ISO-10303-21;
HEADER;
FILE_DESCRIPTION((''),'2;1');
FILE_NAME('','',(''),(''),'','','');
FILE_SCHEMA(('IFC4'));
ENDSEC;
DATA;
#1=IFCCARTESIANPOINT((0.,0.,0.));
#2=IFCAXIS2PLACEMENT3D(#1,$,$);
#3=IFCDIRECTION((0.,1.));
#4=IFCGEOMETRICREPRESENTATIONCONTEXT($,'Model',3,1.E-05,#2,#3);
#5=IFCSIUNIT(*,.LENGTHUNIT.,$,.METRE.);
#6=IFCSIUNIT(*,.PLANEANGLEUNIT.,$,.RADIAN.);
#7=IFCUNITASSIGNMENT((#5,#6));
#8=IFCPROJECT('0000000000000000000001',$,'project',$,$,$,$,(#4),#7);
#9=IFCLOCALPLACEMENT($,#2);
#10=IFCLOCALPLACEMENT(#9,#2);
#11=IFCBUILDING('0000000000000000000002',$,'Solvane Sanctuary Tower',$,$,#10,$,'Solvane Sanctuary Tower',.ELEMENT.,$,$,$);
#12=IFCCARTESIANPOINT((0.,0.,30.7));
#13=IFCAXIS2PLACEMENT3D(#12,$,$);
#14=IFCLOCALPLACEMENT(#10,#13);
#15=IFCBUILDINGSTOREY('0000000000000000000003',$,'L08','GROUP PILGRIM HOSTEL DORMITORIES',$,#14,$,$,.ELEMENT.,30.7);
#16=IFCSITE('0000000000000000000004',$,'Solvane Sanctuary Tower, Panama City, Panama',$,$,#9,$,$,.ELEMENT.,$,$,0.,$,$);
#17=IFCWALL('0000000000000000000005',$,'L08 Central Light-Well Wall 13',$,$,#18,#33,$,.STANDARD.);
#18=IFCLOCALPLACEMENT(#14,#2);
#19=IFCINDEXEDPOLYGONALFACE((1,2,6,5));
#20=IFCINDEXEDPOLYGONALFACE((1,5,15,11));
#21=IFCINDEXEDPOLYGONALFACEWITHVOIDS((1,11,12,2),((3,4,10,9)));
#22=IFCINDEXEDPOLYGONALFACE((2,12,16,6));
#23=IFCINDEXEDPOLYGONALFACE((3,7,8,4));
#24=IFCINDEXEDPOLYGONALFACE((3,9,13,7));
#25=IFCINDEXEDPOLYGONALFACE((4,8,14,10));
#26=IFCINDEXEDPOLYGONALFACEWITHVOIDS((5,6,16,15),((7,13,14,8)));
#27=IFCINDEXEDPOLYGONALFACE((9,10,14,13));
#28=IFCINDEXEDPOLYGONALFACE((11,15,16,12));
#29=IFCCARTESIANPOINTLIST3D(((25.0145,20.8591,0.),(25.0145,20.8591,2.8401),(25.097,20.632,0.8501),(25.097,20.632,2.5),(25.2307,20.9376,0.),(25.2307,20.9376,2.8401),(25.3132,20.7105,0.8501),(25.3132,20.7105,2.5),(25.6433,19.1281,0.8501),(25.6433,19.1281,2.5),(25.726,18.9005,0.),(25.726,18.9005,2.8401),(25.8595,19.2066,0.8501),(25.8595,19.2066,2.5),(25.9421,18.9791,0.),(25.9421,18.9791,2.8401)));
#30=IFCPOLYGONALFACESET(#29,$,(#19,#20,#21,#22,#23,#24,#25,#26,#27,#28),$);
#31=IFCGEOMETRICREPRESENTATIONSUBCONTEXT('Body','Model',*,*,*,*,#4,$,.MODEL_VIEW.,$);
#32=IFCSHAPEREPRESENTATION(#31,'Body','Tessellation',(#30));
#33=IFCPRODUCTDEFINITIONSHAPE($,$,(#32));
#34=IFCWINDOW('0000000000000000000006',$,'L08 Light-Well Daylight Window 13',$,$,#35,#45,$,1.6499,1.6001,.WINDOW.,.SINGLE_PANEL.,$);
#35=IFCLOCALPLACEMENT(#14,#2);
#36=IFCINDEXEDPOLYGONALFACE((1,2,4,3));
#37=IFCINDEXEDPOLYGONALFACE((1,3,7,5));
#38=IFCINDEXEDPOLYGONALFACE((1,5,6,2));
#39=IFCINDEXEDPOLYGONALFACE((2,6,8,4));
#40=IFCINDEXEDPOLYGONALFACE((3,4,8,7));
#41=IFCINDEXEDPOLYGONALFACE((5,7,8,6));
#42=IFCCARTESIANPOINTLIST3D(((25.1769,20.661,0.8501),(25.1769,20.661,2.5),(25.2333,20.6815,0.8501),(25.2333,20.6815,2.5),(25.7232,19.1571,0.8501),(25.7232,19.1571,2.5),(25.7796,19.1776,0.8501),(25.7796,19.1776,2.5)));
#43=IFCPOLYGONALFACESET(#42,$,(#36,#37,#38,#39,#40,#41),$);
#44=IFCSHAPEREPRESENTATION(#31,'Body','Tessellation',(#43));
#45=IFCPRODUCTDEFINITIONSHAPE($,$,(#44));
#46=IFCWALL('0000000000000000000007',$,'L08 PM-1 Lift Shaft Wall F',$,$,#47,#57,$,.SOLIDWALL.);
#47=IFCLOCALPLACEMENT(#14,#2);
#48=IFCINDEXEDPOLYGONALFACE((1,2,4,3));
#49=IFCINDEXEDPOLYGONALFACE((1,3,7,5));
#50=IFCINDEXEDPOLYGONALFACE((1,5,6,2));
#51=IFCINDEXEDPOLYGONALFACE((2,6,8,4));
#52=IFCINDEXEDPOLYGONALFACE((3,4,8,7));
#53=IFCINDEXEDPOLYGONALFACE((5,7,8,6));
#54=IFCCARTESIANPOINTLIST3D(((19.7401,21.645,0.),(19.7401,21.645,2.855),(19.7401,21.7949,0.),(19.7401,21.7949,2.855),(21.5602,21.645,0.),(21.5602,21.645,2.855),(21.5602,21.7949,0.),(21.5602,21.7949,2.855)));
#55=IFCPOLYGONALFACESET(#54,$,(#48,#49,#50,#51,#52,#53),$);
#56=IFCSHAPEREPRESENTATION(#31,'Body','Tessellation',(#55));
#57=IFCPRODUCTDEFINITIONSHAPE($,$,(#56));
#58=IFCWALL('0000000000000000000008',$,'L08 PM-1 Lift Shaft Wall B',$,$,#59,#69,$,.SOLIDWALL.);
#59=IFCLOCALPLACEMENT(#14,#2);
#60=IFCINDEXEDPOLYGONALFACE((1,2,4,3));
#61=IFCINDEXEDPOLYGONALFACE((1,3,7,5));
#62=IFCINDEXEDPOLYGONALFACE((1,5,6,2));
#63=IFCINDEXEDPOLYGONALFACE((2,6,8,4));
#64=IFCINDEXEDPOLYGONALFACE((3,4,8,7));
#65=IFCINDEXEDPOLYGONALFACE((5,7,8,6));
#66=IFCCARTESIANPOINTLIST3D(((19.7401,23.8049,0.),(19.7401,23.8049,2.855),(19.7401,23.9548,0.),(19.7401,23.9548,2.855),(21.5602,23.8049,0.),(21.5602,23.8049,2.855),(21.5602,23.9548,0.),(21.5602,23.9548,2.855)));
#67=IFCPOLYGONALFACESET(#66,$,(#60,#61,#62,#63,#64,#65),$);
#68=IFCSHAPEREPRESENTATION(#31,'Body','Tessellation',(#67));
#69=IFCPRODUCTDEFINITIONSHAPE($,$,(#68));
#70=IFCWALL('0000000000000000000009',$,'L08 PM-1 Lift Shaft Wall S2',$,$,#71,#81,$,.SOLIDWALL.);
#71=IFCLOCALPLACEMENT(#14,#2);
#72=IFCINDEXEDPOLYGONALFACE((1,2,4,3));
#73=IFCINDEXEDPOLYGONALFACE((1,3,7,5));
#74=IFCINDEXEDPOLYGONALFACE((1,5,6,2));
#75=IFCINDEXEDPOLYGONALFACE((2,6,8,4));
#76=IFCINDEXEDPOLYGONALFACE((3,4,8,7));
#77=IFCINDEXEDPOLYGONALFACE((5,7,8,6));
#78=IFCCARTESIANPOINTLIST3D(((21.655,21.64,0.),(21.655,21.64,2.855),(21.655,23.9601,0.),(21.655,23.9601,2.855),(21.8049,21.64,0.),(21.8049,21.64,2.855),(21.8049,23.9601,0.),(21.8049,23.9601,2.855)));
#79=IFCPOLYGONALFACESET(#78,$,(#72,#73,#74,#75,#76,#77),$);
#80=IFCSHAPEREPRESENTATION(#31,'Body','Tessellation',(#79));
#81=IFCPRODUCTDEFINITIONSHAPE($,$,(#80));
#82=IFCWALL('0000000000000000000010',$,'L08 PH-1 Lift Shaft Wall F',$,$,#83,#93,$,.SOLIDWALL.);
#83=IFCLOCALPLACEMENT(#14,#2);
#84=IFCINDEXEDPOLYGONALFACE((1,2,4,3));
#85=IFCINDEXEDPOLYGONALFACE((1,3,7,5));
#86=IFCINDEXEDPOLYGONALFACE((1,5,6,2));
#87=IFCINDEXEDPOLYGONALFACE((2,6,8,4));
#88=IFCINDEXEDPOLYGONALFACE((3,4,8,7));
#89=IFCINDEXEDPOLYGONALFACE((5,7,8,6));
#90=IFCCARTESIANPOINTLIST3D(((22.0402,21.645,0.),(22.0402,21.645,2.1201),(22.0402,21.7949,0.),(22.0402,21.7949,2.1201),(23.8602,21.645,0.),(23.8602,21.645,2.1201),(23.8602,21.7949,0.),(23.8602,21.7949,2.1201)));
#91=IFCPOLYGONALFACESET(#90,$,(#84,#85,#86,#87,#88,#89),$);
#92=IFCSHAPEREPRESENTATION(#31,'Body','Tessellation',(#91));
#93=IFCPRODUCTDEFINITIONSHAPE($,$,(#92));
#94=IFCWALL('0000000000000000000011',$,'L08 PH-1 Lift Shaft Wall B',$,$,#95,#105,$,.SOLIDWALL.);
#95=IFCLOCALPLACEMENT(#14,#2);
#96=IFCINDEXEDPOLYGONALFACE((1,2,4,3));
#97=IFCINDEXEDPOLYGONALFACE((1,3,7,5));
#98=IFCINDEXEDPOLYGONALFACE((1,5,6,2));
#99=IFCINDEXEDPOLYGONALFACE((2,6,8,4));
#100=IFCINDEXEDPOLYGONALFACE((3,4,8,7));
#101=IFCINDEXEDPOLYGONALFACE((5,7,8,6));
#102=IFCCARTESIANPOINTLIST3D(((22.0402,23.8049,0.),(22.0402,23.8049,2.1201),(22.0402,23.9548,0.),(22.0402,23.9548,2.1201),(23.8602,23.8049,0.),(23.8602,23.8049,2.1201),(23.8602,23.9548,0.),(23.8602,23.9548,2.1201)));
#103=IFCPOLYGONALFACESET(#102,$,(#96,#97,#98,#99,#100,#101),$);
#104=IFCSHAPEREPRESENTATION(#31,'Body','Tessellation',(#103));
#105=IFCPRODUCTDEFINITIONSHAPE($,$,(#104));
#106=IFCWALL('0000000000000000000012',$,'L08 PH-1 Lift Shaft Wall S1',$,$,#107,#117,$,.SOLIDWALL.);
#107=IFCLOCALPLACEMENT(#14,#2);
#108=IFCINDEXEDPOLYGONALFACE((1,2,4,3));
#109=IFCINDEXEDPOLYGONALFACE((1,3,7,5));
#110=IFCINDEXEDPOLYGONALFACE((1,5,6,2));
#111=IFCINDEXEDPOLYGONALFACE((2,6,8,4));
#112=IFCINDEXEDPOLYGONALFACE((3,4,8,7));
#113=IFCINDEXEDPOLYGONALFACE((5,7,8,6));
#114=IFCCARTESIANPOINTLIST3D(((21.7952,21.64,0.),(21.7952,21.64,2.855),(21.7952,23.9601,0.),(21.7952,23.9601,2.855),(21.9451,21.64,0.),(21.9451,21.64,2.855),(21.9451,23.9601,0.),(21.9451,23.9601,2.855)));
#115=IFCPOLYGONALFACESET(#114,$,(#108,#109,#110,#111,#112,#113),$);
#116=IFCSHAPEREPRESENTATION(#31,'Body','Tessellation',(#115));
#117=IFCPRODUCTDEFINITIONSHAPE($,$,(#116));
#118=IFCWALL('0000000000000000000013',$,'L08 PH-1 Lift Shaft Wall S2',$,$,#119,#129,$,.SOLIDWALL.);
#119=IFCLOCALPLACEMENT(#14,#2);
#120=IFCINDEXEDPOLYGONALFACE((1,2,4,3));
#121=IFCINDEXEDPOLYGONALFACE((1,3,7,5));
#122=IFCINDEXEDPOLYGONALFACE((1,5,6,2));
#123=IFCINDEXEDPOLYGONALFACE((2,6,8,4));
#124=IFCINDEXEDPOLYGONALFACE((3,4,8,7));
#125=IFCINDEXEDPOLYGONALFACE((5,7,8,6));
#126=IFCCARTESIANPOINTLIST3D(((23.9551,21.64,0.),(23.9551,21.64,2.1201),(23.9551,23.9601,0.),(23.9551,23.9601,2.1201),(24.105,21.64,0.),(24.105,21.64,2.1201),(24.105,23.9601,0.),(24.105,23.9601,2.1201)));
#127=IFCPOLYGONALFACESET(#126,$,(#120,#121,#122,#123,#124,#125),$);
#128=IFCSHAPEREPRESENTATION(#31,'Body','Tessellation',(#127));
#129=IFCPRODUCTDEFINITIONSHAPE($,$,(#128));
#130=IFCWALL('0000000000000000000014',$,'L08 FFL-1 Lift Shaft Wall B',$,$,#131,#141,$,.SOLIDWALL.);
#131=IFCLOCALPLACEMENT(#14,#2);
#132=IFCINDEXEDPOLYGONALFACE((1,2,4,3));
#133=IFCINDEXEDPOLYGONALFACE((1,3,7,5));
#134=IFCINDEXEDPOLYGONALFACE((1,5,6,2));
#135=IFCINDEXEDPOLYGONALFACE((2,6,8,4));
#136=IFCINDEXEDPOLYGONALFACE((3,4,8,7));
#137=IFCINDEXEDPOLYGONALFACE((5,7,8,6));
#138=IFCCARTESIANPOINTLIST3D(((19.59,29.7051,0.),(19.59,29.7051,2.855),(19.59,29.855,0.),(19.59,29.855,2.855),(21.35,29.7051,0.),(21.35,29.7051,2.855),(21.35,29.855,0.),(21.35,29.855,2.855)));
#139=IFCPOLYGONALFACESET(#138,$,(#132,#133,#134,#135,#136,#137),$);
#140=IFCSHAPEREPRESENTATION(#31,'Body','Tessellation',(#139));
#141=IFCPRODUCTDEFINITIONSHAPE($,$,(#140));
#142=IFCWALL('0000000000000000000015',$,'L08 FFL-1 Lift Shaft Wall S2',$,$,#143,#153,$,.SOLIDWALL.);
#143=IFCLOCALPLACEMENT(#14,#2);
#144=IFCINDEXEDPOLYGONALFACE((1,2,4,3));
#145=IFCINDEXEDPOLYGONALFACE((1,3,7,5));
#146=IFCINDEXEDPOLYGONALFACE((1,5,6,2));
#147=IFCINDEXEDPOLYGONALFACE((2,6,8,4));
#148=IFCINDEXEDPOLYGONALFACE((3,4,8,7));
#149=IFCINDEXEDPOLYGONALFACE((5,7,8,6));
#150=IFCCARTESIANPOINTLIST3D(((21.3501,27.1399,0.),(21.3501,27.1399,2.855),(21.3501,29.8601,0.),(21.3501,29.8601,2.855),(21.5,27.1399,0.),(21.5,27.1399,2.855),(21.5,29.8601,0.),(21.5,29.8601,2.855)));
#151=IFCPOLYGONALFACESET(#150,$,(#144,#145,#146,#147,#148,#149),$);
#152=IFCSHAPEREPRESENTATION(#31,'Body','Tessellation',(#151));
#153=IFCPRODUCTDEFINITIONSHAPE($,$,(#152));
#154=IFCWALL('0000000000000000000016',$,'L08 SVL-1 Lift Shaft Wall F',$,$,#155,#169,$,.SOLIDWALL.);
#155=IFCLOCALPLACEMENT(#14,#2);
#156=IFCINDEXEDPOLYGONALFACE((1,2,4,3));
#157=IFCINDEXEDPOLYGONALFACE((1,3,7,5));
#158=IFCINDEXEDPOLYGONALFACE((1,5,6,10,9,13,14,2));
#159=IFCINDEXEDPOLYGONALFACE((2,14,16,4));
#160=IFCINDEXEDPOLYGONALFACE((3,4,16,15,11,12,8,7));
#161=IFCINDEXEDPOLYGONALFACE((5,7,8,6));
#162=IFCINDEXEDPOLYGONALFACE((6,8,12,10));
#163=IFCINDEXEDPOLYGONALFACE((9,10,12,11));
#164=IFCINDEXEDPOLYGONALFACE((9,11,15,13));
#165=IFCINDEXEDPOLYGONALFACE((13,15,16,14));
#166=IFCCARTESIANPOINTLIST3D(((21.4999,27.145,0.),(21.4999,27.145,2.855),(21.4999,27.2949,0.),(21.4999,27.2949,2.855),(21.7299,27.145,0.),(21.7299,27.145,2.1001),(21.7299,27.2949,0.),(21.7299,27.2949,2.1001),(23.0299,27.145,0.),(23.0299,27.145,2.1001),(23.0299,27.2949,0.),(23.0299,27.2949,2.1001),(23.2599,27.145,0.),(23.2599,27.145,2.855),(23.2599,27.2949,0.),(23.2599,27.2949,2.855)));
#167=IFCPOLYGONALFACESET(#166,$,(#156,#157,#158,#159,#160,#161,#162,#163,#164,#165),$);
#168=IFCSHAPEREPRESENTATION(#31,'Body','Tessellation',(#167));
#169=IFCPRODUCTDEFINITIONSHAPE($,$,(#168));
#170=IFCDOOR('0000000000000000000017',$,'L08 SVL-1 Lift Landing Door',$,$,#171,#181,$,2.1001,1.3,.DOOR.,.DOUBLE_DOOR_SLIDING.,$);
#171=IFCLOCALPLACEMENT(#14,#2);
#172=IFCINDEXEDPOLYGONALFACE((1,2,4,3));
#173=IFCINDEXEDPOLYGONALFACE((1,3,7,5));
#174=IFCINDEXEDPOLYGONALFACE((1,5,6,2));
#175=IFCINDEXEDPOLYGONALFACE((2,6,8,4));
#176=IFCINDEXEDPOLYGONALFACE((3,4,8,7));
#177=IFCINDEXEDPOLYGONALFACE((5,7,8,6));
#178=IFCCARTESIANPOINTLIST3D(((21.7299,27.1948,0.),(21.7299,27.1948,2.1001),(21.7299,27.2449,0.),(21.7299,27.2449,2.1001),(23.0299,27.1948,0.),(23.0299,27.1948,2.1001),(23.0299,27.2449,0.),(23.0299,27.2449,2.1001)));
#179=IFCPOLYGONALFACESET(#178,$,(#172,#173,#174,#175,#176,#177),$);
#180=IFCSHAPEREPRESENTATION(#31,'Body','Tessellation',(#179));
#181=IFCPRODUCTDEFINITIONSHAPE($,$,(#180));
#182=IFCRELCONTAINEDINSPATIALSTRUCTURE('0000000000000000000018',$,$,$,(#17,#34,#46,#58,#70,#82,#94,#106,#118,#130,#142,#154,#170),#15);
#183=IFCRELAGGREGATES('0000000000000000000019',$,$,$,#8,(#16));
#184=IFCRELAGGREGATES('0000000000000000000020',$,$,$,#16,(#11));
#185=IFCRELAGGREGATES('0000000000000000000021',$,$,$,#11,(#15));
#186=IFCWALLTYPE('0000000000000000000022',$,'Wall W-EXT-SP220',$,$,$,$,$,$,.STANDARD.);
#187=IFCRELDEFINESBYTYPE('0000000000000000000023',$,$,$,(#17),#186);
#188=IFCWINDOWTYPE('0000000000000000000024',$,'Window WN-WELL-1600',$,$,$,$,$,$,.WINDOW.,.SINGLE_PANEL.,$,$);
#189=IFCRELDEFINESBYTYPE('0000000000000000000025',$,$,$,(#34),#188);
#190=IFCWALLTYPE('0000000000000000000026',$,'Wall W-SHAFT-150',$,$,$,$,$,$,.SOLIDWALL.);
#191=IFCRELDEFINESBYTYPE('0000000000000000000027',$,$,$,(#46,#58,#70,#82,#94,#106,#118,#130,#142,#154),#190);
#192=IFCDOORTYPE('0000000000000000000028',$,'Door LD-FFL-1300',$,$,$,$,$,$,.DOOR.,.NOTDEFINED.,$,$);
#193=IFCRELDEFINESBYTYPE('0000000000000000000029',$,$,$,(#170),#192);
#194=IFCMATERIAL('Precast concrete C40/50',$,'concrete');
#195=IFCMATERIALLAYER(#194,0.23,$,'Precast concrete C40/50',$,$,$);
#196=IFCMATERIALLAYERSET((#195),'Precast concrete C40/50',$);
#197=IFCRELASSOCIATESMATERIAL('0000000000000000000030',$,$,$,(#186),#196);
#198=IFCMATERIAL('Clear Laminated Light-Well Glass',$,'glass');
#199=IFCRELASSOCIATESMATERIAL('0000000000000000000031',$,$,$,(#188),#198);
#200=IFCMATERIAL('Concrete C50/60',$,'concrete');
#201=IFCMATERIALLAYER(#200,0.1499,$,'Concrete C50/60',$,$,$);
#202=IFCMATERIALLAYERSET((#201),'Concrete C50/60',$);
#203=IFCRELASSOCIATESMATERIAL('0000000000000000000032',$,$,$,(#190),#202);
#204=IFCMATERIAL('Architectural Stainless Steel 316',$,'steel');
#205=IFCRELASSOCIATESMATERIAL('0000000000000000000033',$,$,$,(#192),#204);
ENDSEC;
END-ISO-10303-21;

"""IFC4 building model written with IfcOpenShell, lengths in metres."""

from ifc_helpers import new_model, si_unit, direction, frame, frame_2d, origin, place, context, subcontext, project, spatial, rectangle, extrude, material, layer, layer_set, type_object, element, fill, save


model = new_model("IFC4")

# Units and contexts
model_context = context("Model", 3, precision=1e-05, world=origin(), true_north=direction((0.0, 1.0)))
body_context = subcontext(model_context, "Body", "Model", "MODEL_VIEW")
ifc_project = project(units=[si_unit("LENGTHUNIT", "METRE"), si_unit("PLANEANGLEUNIT", "RADIAN")], contexts=[model_context])

# Site, building, storey
site_placement = place(None, origin())
site = spatial("IfcSite", under=ifc_project, at=site_placement, Name="Solvane Sanctuary Tower, Panama City, Panama", CompositionType="ELEMENT", RefElevation=0.0)
building_placement = place(site_placement, origin())
building = spatial("IfcBuilding", under=site, at=building_placement, Name="Solvane Sanctuary Tower", LongName="Solvane Sanctuary Tower", CompositionType="ELEMENT")
storey_placement = place(building_placement, frame((0.0, 0.0, 30.7)))
storey = spatial("IfcBuildingStorey", under=building, at=storey_placement, Name="L08", Description="GROUP PILGRIM HOSTEL DORMITORIES", CompositionType="ELEMENT", Elevation=30.7)

# Shared definitions
ifc_material_1 = material(Name="Architectural Stainless Steel 316", Category="steel")

# Shared definitions
ifc_material_2 = material(Name="Precast concrete C40/50", Category="concrete")
ifc_layer_1 = layer(ifc_material_2, 0.23, Name="Precast concrete C40/50")
ifc_layer_set_1 = layer_set([ifc_layer_1], Name="Precast concrete C40/50")
wall_type_1 = type_object("IfcWallType", Name="Wall W-EXT-SP220", PredefinedType="STANDARD", material=ifc_layer_set_1)

# Shared definitions
ifc_material_3 = material(Name="Clear Laminated Light-Well Glass", Category="glass")
window_type = type_object("IfcWindowType", Name="Window WN-WELL-1600", PartitioningType="SINGLE_PANEL", PredefinedType="WINDOW", material=ifc_material_3)

# Wall, opening, window
wall_1_placement = place(storey_placement, frame((25.1226, 20.8984, 0.0), z_axis=(0.0, 0.0, 1.0), x_axis=(0.341423, -0.93991, 0.0)))
wall_1 = element("IfcWall", 1, at=wall_1_placement, inside=storey, type_object=wall_type_1, Name="L08 Central Light-Well Wall 13", PredefinedType="STANDARD", context=body_context, shape_type="SweptSolid", body=[
    extrude(rectangle(XDim=2.0837, YDim=0.23, at=frame_2d((1.042, 0.0))), origin(), (0.0, 0.0, 1.0), 2.8401),
])
opening_1_placement = place(wall_1_placement, frame((0.2417, 0.0, 0.8501)))
opening_1 = element("IfcOpeningElement", 2, at=opening_1_placement, cuts=wall_1, PredefinedType="OPENING", context=body_context, shape_type="SweptSolid", body=[
    extrude(rectangle(XDim=1.6001, YDim=1.6499, at=frame_2d((0.8, 0.825))), frame((0.0, 0.125, 0.0), z_axis=(0.0, -1.0, 0.0), x_axis=(1.0, 0.0, 0.0)), (0.0, 0.0, 1.0), 0.25),
])
window_1_placement = place(opening_1_placement, origin())
window_1 = element("IfcWindow", 3, at=window_1_placement, inside=storey, type_object=window_type, Name="L08 Light-Well Daylight Window 13", OverallHeight=1.6499, OverallWidth=1.6001, PartitioningType="SINGLE_PANEL", PredefinedType="WINDOW", context=body_context, shape_type="SweptSolid", body=[
    extrude(rectangle(XDim=1.6001, YDim=1.6499, at=frame_2d((0.8, 0.825))), frame((0.0, 0.03, 0.0), z_axis=(0.0, -1.0, 0.0), x_axis=(1.0, 0.0, 0.0)), (0.0, 0.0, 1.0), 0.0601),
])
fill(opening_1, window_1)

# Walls
ifc_material_4 = material(Name="Concrete C50/60", Category="concrete")
ifc_layer_2 = layer(ifc_material_4, 0.1499, Name="Concrete C50/60")
ifc_layer_set_2 = layer_set([ifc_layer_2], Name="Concrete C50/60")
wall_type_2 = type_object("IfcWallType", Name="Wall W-SHAFT-150", PredefinedType="SOLIDWALL", material=ifc_layer_set_2)
for number, where, z_axis, x_axis, name in (
    (4, (19.74, 21.72, 0.0), (0.0, 0.0, 1.0), (1.0, 0.0, 0.0), "L08 PM-1 Lift Shaft Wall F"),
    (5, (19.74, 23.8799, 0.0), (0.0, 0.0, 1.0), (1.0, 0.0, 0.0), "L08 PM-1 Lift Shaft Wall B"),
):
    element("IfcWall", number, at=place(storey_placement, frame(where, z_axis=z_axis, x_axis=x_axis)), inside=storey, type_object=wall_type_2, Name=name, PredefinedType="SOLIDWALL", context=body_context, shape_type="SweptSolid", body=[
        extrude(rectangle(XDim=1.8201, YDim=0.1499, at=frame_2d((0.9102, 0.0))), origin(), (0.0, 0.0, 1.0), 2.855),
    ])
wall_2_placement = place(storey_placement, frame((21.73, 21.6399, 0.0), z_axis=(0.0, 0.0, 1.0), x_axis=(0.0, 1.0, 0.0)))
element("IfcWall", 6, at=wall_2_placement, inside=storey, type_object=wall_type_2, Name="L08 PM-1 Lift Shaft Wall S2", PredefinedType="SOLIDWALL", context=body_context, shape_type="SweptSolid", body=[
    extrude(rectangle(XDim=2.3201, YDim=0.1499, at=frame_2d((1.1602, 0.0))), origin(), (0.0, 0.0, 1.0), 2.855),
])
for number, where, z_axis, x_axis, name in (
    (7, (22.04, 21.72, 0.0), (0.0, 0.0, 1.0), (1.0, 0.0, 0.0), "L08 PH-1 Lift Shaft Wall F"),
    (8, (22.04, 23.8799, 0.0), (0.0, 0.0, 1.0), (1.0, 0.0, 0.0), "L08 PH-1 Lift Shaft Wall B"),
):
    element("IfcWall", number, at=place(storey_placement, frame(where, z_axis=z_axis, x_axis=x_axis)), inside=storey, type_object=wall_type_2, Name=name, PredefinedType="SOLIDWALL", context=body_context, shape_type="SweptSolid", body=[
        extrude(rectangle(XDim=1.8201, YDim=0.1499, at=frame_2d((0.9102, 0.0))), origin(), (0.0, 0.0, 1.0), 2.1201),
    ])
wall_3_placement = place(storey_placement, frame((21.8701, 21.6399, 0.0), z_axis=(0.0, 0.0, 1.0), x_axis=(0.0, 1.0, 0.0)))
element("IfcWall", 9, at=wall_3_placement, inside=storey, type_object=wall_type_2, Name="L08 PH-1 Lift Shaft Wall S1", PredefinedType="SOLIDWALL", context=body_context, shape_type="SweptSolid", body=[
    extrude(rectangle(XDim=2.3201, YDim=0.1499, at=frame_2d((1.1602, 0.0))), origin(), (0.0, 0.0, 1.0), 2.855),
])
wall_4_placement = place(storey_placement, frame((24.03, 21.6399, 0.0), z_axis=(0.0, 0.0, 1.0), x_axis=(0.0, 1.0, 0.0)))
element("IfcWall", 10, at=wall_4_placement, inside=storey, type_object=wall_type_2, Name="L08 PH-1 Lift Shaft Wall S2", PredefinedType="SOLIDWALL", context=body_context, shape_type="SweptSolid", body=[
    extrude(rectangle(XDim=2.3201, YDim=0.1499, at=frame_2d((1.1602, 0.0))), origin(), (0.0, 0.0, 1.0), 2.1201),
])
wall_5_placement = place(storey_placement, frame((19.5901, 29.78, 0.0), z_axis=(0.0, 0.0, 1.0), x_axis=(1.0, 0.0, 0.0)))
element("IfcWall", 11, at=wall_5_placement, inside=storey, type_object=wall_type_2, Name="L08 FFL-1 Lift Shaft Wall B", PredefinedType="SOLIDWALL", context=body_context, shape_type="SweptSolid", body=[
    extrude(rectangle(XDim=1.76, YDim=0.1499, at=frame_2d((0.8799, 0.0))), origin(), (0.0, 0.0, 1.0), 2.855),
])
wall_6_placement = place(storey_placement, frame((21.425, 27.1399, 0.0), z_axis=(0.0, 0.0, 1.0), x_axis=(0.0, 1.0, 0.0)))
element("IfcWall", 12, at=wall_6_placement, inside=storey, type_object=wall_type_2, Name="L08 FFL-1 Lift Shaft Wall S2", PredefinedType="SOLIDWALL", context=body_context, shape_type="SweptSolid", body=[
    extrude(rectangle(XDim=2.7202, YDim=0.1499, at=frame_2d((1.3601, 0.0))), origin(), (0.0, 0.0, 1.0), 2.855),
])

# Wall, opening, door
wall_7_placement = place(storey_placement, frame((21.5, 27.22, 0.0), z_axis=(0.0, 0.0, 1.0), x_axis=(1.0, 0.0, 0.0)))
wall_7 = element("IfcWall", 13, at=wall_7_placement, inside=storey, type_object=wall_type_2, Name="L08 SVL-1 Lift Shaft Wall F", PredefinedType="SOLIDWALL", context=body_context, shape_type="SweptSolid", body=[
    extrude(rectangle(XDim=1.76, YDim=0.1499, at=frame_2d((0.8799, 0.0))), origin(), (0.0, 0.0, 1.0), 2.855),
])
opening_2_placement = place(wall_7_placement, frame((0.23, 0.0, 0.0)))
opening_2 = element("IfcOpeningElement", 14, at=opening_2_placement, cuts=wall_7, PredefinedType="OPENING", context=body_context, shape_type="SweptSolid", body=[
    extrude(rectangle(XDim=1.3, YDim=2.1001, at=frame_2d((0.6499, 1.05))), frame((0.0, 0.085, 0.0), z_axis=(0.0, -1.0, 0.0), x_axis=(1.0, 0.0, 0.0)), (0.0, 0.0, 1.0), 0.1699),
])
door_type_1 = type_object("IfcDoorType", Name="Door LD-FFL-1300", OperationType="NOTDEFINED", PredefinedType="DOOR", material=ifc_material_1)
door_1_placement = place(opening_2_placement, origin())
door_1 = element("IfcDoor", 15, at=door_1_placement, inside=storey, type_object=door_type_1, Name="L08 SVL-1 Lift Landing Door", OperationType="DOUBLE_DOOR_SLIDING", OverallHeight=2.1001, OverallWidth=1.3, PredefinedType="DOOR", context=body_context, shape_type="SweptSolid", body=[
    extrude(rectangle(XDim=1.3, YDim=2.1001, at=frame_2d((0.6499, 1.05))), frame((0.0, 0.0249, 0.0), z_axis=(0.0, -1.0, 0.0), x_axis=(1.0, 0.0, 0.0)), (0.0, 0.0, 1.0), 0.05),
])
fill(opening_2, door_1)

save(model, "model.ifc")
